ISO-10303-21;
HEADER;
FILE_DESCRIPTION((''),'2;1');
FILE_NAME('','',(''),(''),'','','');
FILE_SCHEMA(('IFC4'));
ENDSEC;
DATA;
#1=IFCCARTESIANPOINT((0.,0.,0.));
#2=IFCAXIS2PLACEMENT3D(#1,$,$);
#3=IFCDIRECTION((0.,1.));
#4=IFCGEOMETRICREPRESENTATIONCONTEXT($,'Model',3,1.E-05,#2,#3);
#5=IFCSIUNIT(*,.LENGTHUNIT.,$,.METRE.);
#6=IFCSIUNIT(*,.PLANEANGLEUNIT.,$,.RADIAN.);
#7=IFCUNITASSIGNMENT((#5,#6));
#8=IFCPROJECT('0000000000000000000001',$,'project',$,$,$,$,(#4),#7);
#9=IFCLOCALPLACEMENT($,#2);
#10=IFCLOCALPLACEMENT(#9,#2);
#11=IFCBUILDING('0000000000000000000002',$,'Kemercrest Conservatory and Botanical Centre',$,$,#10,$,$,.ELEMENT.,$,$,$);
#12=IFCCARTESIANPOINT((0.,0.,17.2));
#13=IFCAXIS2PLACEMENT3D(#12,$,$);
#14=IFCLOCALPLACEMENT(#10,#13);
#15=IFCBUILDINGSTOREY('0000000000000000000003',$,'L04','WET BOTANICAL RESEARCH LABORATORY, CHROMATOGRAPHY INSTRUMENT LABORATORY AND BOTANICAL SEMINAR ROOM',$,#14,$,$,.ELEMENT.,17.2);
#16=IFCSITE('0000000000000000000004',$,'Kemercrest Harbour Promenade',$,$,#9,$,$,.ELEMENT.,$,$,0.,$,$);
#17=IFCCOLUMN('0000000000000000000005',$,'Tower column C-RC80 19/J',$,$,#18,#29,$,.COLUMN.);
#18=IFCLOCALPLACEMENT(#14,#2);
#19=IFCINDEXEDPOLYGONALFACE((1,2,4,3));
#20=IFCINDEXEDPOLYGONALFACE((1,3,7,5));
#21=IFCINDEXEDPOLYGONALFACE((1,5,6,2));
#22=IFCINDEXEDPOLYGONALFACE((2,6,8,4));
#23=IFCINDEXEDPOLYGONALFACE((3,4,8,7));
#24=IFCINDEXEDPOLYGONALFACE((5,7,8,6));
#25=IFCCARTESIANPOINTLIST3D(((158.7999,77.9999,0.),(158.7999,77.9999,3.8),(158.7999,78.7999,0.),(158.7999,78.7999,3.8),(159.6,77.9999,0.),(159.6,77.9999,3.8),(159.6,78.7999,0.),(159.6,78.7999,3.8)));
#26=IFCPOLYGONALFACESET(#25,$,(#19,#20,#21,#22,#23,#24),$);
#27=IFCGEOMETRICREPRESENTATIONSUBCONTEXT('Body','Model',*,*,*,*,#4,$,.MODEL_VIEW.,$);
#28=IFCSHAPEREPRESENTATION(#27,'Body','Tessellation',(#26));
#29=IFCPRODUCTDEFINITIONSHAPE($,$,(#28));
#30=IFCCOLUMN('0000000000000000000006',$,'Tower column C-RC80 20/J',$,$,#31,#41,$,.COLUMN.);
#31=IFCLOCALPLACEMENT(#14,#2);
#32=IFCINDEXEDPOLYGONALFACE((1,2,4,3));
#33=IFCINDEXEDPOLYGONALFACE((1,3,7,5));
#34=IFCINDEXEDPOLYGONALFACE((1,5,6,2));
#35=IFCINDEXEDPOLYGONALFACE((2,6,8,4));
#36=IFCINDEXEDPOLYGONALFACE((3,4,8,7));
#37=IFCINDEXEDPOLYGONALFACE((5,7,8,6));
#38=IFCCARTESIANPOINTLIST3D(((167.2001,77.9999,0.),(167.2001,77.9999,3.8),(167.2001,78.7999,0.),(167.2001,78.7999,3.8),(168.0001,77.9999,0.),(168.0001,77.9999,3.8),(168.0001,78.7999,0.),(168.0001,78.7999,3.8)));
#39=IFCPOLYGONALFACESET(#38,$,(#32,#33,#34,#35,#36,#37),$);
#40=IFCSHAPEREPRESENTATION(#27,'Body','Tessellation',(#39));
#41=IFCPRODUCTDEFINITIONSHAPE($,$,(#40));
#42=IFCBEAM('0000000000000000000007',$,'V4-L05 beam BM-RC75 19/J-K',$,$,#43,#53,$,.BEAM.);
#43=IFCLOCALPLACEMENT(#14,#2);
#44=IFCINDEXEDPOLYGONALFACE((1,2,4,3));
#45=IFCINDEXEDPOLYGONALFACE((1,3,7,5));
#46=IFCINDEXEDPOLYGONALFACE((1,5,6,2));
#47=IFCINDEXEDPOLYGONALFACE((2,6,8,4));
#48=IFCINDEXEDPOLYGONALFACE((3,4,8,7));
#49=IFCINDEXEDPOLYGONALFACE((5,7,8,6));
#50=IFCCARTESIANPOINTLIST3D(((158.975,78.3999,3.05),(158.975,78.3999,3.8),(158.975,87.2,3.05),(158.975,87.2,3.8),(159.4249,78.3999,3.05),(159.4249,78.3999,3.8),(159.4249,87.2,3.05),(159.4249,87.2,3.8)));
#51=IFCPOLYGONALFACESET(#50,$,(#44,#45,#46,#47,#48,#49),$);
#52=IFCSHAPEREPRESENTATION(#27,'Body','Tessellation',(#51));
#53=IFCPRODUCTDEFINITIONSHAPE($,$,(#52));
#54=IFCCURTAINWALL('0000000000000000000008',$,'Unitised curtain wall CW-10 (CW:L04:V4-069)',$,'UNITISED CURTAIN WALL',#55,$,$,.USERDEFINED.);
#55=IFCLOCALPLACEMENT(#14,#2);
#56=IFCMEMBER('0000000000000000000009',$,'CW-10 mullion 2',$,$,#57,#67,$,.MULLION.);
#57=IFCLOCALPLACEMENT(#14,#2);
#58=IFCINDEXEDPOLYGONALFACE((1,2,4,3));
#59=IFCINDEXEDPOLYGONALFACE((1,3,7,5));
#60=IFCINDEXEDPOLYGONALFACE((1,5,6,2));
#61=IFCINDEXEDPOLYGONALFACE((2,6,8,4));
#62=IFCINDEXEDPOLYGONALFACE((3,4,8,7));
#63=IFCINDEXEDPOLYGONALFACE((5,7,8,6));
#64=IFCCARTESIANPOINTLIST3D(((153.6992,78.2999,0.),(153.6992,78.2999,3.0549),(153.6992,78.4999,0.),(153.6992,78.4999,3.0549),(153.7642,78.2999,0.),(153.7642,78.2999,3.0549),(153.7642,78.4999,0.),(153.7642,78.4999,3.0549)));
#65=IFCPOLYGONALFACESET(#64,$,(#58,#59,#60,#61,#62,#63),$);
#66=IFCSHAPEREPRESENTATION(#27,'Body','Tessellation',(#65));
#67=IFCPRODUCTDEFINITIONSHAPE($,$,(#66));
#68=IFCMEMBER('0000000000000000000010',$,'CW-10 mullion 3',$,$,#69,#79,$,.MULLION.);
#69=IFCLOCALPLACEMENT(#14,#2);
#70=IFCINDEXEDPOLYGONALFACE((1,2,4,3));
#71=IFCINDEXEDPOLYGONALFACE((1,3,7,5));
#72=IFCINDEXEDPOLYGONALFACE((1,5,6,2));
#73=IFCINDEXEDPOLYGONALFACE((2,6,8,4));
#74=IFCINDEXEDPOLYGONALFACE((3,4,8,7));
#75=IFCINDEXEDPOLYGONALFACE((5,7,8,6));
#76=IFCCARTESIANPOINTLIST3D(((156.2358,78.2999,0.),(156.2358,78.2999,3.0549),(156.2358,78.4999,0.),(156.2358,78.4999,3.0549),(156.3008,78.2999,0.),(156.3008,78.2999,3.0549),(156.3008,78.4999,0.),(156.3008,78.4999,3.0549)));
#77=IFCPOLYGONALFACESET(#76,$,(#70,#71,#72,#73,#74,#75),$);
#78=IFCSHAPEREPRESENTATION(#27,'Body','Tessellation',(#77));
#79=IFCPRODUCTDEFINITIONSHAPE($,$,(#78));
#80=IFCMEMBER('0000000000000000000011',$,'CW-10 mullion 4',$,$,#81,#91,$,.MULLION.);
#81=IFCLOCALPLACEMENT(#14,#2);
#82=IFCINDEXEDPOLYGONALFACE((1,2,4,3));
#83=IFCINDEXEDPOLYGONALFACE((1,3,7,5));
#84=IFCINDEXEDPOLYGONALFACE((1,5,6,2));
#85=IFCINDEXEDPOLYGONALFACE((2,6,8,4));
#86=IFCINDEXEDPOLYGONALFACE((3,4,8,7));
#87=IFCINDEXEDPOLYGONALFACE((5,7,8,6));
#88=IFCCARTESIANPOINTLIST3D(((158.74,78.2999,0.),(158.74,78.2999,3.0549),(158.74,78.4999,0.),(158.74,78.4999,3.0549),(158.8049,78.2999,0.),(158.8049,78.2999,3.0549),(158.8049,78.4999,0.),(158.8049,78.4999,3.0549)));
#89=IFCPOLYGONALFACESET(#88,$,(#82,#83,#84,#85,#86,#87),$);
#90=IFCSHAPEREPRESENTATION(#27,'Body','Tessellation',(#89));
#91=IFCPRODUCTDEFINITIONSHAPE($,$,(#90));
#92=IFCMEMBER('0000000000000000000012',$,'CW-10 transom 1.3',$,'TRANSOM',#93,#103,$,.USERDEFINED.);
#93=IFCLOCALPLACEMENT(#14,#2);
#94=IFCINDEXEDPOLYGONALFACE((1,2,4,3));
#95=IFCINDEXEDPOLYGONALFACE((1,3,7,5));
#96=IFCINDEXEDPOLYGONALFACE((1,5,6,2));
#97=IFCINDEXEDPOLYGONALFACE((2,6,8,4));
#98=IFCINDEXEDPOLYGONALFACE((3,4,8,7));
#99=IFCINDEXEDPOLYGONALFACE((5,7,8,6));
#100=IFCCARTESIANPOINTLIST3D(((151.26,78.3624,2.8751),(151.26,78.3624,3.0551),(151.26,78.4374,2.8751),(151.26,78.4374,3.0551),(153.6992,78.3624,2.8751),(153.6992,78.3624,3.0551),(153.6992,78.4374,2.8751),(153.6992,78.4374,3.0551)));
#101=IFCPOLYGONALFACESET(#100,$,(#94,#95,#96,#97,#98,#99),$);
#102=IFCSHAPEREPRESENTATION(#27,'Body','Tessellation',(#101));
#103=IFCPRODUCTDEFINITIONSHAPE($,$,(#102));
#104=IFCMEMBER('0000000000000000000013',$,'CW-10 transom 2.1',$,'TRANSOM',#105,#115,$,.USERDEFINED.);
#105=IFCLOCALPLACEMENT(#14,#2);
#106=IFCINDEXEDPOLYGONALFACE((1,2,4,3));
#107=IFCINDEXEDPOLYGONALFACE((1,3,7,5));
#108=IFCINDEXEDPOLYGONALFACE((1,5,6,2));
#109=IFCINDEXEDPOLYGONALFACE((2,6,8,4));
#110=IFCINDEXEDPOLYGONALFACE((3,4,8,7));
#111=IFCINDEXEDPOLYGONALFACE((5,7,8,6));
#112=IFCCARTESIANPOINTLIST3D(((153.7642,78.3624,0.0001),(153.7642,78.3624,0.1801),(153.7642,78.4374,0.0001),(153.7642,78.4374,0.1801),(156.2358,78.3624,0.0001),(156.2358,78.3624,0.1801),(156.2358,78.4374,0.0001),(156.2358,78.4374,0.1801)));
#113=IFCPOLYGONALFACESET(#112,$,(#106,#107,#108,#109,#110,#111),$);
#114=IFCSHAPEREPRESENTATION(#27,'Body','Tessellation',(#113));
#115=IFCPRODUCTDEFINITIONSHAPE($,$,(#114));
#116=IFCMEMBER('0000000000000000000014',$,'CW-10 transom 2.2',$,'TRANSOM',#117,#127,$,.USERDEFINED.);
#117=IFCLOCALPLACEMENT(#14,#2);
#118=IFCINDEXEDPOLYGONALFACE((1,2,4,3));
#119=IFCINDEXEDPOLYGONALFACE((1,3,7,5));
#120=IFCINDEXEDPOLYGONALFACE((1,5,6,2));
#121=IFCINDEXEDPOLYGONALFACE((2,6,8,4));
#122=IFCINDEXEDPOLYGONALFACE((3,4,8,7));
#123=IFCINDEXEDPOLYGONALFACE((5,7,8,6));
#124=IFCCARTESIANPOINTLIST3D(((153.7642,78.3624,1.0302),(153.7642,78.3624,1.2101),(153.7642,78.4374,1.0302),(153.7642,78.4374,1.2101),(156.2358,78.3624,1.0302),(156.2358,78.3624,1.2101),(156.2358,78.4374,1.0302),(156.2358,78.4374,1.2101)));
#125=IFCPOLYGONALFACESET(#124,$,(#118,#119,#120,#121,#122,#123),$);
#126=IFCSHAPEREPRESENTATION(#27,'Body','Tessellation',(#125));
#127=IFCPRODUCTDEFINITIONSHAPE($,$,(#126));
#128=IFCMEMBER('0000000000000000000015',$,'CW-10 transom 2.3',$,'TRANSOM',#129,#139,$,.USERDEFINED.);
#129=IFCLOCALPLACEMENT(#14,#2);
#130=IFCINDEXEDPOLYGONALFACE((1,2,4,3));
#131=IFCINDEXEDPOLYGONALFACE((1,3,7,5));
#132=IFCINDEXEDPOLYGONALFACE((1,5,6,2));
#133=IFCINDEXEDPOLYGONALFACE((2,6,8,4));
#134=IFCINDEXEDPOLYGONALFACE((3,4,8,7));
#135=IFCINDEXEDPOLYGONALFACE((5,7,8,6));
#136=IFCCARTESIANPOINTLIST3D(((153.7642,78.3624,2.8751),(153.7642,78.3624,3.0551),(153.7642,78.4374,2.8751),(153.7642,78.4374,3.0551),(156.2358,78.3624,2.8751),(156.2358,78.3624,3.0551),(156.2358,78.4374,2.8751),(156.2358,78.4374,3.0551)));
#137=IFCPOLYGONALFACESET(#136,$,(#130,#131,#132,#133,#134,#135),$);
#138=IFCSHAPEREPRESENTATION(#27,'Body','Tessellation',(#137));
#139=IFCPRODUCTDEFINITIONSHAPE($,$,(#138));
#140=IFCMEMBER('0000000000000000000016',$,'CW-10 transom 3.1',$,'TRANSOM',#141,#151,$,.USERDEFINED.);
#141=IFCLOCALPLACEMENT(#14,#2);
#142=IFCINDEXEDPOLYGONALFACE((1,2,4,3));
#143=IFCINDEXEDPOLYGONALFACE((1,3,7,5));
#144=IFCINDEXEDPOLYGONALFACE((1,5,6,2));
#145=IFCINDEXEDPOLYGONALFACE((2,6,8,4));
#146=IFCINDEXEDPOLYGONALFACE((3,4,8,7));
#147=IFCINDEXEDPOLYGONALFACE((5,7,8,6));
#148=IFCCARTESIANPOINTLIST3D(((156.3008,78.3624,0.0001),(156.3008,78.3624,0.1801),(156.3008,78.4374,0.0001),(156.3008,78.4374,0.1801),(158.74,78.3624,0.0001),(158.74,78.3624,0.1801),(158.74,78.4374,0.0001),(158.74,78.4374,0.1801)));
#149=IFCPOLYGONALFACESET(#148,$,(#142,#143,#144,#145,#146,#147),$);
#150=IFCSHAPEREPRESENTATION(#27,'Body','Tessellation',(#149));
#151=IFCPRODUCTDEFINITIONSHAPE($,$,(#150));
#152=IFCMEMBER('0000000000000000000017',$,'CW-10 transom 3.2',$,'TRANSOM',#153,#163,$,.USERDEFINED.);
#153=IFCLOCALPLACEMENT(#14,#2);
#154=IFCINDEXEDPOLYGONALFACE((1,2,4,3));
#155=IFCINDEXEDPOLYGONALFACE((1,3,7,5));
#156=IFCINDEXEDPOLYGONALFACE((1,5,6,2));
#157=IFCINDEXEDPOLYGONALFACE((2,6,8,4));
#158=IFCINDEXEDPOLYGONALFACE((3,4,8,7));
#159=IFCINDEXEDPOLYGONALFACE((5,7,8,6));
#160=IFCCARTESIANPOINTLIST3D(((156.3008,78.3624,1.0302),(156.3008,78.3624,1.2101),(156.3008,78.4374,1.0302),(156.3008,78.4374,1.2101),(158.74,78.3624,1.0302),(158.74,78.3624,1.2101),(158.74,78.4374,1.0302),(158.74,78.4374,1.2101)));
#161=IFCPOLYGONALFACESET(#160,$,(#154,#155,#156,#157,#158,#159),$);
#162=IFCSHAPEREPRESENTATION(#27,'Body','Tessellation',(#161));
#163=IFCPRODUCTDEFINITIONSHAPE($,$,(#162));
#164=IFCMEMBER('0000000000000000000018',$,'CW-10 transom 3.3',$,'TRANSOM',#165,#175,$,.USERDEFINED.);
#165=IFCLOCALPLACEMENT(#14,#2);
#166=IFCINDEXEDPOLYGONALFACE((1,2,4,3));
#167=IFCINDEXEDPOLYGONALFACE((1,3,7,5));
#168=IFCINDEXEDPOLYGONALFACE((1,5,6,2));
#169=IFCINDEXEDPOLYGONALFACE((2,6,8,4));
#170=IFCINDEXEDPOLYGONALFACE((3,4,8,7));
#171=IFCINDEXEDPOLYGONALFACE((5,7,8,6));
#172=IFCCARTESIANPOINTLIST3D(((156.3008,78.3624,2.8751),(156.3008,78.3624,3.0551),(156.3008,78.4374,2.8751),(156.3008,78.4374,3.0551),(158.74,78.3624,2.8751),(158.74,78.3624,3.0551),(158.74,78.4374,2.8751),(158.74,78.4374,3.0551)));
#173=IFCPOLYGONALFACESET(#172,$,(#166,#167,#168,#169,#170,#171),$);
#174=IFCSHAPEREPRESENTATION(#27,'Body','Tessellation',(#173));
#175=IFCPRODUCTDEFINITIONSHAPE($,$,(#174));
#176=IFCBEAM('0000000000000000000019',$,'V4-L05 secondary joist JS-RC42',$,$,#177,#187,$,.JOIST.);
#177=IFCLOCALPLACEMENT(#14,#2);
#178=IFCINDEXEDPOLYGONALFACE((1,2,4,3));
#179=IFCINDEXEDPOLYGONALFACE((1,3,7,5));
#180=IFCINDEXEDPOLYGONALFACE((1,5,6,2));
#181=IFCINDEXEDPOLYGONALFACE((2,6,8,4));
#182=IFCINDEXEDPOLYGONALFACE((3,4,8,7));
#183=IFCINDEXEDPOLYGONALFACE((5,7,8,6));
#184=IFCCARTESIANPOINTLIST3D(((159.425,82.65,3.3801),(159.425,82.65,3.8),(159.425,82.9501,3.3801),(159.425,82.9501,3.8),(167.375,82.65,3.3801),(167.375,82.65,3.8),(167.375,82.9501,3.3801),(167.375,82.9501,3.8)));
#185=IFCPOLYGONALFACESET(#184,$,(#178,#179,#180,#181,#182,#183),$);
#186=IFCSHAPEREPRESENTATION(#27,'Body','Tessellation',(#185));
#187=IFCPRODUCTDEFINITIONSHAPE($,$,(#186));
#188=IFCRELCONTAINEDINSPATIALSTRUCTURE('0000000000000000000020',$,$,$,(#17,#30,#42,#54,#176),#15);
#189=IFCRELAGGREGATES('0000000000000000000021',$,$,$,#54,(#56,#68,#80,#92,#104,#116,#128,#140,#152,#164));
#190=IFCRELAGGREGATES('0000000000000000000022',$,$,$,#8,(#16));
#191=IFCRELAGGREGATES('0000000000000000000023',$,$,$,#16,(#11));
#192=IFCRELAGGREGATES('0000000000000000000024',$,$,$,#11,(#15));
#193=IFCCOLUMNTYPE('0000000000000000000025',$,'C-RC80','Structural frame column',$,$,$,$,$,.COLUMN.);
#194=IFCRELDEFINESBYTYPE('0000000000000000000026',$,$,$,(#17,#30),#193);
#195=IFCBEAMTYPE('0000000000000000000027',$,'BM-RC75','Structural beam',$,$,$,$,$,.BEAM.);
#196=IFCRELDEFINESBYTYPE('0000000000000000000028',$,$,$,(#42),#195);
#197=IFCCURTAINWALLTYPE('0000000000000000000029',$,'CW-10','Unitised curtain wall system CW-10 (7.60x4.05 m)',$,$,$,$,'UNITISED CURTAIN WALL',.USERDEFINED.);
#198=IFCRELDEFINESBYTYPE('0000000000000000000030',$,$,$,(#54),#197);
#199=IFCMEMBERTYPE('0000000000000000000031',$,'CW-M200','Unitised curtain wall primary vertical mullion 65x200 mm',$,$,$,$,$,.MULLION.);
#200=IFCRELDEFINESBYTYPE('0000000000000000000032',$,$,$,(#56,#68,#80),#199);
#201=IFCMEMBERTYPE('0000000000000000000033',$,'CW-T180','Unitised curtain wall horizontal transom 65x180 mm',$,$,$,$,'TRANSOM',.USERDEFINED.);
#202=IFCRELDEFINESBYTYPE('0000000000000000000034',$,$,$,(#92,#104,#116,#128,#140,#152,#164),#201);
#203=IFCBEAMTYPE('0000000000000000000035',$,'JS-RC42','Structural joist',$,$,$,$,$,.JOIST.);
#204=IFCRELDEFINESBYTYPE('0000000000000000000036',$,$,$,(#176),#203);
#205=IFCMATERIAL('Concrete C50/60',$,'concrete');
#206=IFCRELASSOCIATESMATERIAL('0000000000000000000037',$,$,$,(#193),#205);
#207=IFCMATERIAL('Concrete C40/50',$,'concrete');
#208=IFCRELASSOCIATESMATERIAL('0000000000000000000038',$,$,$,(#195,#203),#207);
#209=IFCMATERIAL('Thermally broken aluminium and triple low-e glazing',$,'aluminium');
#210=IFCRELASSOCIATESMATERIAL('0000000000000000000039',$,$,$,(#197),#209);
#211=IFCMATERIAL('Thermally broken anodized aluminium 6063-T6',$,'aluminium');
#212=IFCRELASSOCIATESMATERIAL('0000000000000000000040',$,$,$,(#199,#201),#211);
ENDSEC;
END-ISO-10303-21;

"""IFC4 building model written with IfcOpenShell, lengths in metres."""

from ifc_helpers import new_model, si_unit, direction, frame, origin, origin_2d, place, context, subcontext, project, spatial, rectangle, extrude, material, material_profile, profile_set, type_object, element, aggregate, save


model = new_model("IFC4")

# Units and contexts
model_context = context("Model", 3, precision=1e-05, world=origin(), true_north=direction((0.0, 1.0)))
body_context = subcontext(model_context, "Body", "Model", "MODEL_VIEW")
ifc_project = project(units=[si_unit("LENGTHUNIT", "METRE"), si_unit("PLANEANGLEUNIT", "RADIAN")], contexts=[model_context])

# Site, building, storey
site_placement = place(None, origin())
site = spatial("IfcSite", under=ifc_project, at=site_placement, Name="Kemercrest Harbour Promenade", CompositionType="ELEMENT", RefElevation=0.0)
building_placement = place(site_placement, origin())
building = spatial("IfcBuilding", under=site, at=building_placement, Name="Kemercrest Conservatory and Botanical Centre", CompositionType="ELEMENT")
storey_placement = place(building_placement, frame((0.0, 0.0, 17.2)))
storey = spatial("IfcBuildingStorey", under=building, at=storey_placement, Name="L04", Description="WET BOTANICAL RESEARCH LABORATORY, CHROMATOGRAPHY INSTRUMENT LABORATORY AND BOTANICAL SEMINAR ROOM", CompositionType="ELEMENT", Elevation=17.2)

# Columns
ifc_material_1 = material(Name="Concrete C50/60", Category="concrete")
ifc_material_profile_1 = material_profile(ifc_material_1, rectangle(XDim=0.8, YDim=0.8, at=origin_2d()), Name="RC 800x800")
ifc_profile_set_1 = profile_set([ifc_material_profile_1], Name="Concrete C50/60")
column_type = type_object("IfcColumnType", Name="C-RC80", Description="Structural frame column", PredefinedType="COLUMN", material=ifc_profile_set_1)
for number, where, z_axis, x_axis, name in (
    (1, (159.2, 78.3999, 0.0), (0.0, 0.0, 1.0), (1.0, 0.0, 0.0), "Tower column C-RC80 19/J"),
    (2, (167.6001, 78.3999, 0.0), (0.0, 0.0, 1.0), (1.0, 0.0, 0.0), "Tower column C-RC80 20/J"),
):
    element("IfcColumn", number, at=place(storey_placement, frame(where, z_axis=z_axis, x_axis=x_axis)), inside=storey, type_object=column_type, Name=name, PredefinedType="COLUMN", context=body_context, shape_type="SweptSolid", body=[
        extrude(rectangle(XDim=0.8, YDim=0.8, at=origin_2d()), origin(), (0.0, 0.0, 1.0), 3.8),
    ])

# Beam
ifc_material_2 = material(Name="Concrete C40/50", Category="concrete")
ifc_material_profile_2 = material_profile(ifc_material_2, rectangle(XDim=0.45, YDim=0.75, at=origin_2d()), Name="RC 450x750")
ifc_profile_set_2 = profile_set([ifc_material_profile_2], Name="Concrete C40/50")
beam_type_1 = type_object("IfcBeamType", Name="BM-RC75", Description="Structural beam", PredefinedType="BEAM", material=ifc_profile_set_2)
beam_1_placement = place(storey_placement, frame((159.2, 78.3999, 3.425), z_axis=(0.0, 1.0, 0.0), x_axis=(-1.0, 0.0, 0.0)))
element("IfcBeam", 3, at=beam_1_placement, inside=storey, type_object=beam_type_1, Name="V4-L05 beam BM-RC75 19/J-K", PredefinedType="BEAM", context=body_context, shape_type="SweptSolid", body=[
    extrude(rectangle(XDim=0.45, YDim=0.75, at=origin_2d()), origin(), (0.0, 0.0, 1.0), 8.8),
])

# Curtain wall, members
ifc_material_3 = material(Name="Thermally broken aluminium and triple low-e glazing", Category="aluminium")
curtain_wall_type = type_object("IfcCurtainWallType", Name="CW-10", Description="Unitised curtain wall system CW-10 (7.60x4.05 m)", ElementType="UNITISED CURTAIN WALL", PredefinedType="USERDEFINED", material=ifc_material_3)
curtain_wall_placement = place(storey_placement, origin())
curtain_wall = element("IfcCurtainWall", 4, at=curtain_wall_placement, inside=storey, type_object=curtain_wall_type, Name="Unitised curtain wall CW-10 (CW:L04:V4-069)", ObjectType="UNITISED CURTAIN WALL", PredefinedType="USERDEFINED")
ifc_material_4 = material(Name="Thermally broken anodized aluminium 6063-T6", Category="aluminium")
ifc_material_profile_3 = material_profile(ifc_material_4, rectangle(XDim=0.2, YDim=0.0649, at=origin_2d()), Name="AL MULLION 65x200")
ifc_profile_set_3 = profile_set([ifc_material_profile_3], Name="Thermally broken anodized aluminium 6063-T6")
member_type_1 = type_object("IfcMemberType", Name="CW-M200", Description="Unitised curtain wall primary vertical mullion 65x200 mm", PredefinedType="MULLION", material=ifc_profile_set_3)
member_1_placement = place(storey_placement, frame((153.7317, 78.3999, 0.0), z_axis=(0.0, 0.0, 1.0), x_axis=(0.0, 1.0, 0.0)))
member_1 = element("IfcMember", 5, at=member_1_placement, type_object=member_type_1, Name="CW-10 mullion 2", PredefinedType="MULLION", context=body_context, shape_type="SweptSolid", body=[
    extrude(rectangle(XDim=0.2, YDim=0.0649, at=origin_2d()), origin(), (0.0, 0.0, 1.0), 3.0549),
])
member_2_placement = place(storey_placement, frame((156.2683, 78.3999, 0.0), z_axis=(0.0, 0.0, 1.0), x_axis=(0.0, 1.0, 0.0)))
member_2 = element("IfcMember", 6, at=member_2_placement, type_object=member_type_1, Name="CW-10 mullion 3", PredefinedType="MULLION", context=body_context, shape_type="SweptSolid", body=[
    extrude(rectangle(XDim=0.2, YDim=0.0649, at=origin_2d()), origin(), (0.0, 0.0, 1.0), 3.0549),
])
member_3_placement = place(storey_placement, frame((158.7725, 78.3999, 0.0), z_axis=(0.0, 0.0, 1.0), x_axis=(0.0, 1.0, 0.0)))
member_3 = element("IfcMember", 7, at=member_3_placement, type_object=member_type_1, Name="CW-10 mullion 4", PredefinedType="MULLION", context=body_context, shape_type="SweptSolid", body=[
    extrude(rectangle(XDim=0.2, YDim=0.0649, at=origin_2d()), origin(), (0.0, 0.0, 1.0), 3.0549),
])
ifc_material_profile_4 = material_profile(ifc_material_4, rectangle(XDim=0.075, YDim=0.1799, at=origin_2d()), Name="AL TRANSOM 75x180")
ifc_profile_set_4 = profile_set([ifc_material_profile_4], Name="Thermally broken anodized aluminium 6063-T6")
member_type_2 = type_object("IfcMemberType", Name="CW-T180", Description="Unitised curtain wall horizontal transom 65x180 mm", ElementType="TRANSOM", PredefinedType="USERDEFINED", material=ifc_profile_set_4)
member_4_placement = place(storey_placement, frame((151.26, 78.3999, 2.9651), z_axis=(1.0, 0.0, 0.0), x_axis=(0.0, 1.0, 0.0)))
member_4 = element("IfcMember", 8, at=member_4_placement, type_object=member_type_2, Name="CW-10 transom 1.3", ObjectType="TRANSOM", PredefinedType="USERDEFINED", context=body_context, shape_type="SweptSolid", body=[
    extrude(rectangle(XDim=0.075, YDim=0.1799, at=origin_2d()), origin(), (0.0, 0.0, 1.0), 2.4392),
])
member_5_placement = place(storey_placement, frame((153.7642, 78.3999, 0.0901), z_axis=(1.0, 0.0, 0.0), x_axis=(0.0, 1.0, 0.0)))
member_5 = element("IfcMember", 9, at=member_5_placement, type_object=member_type_2, Name="CW-10 transom 2.1", ObjectType="TRANSOM", PredefinedType="USERDEFINED", context=body_context, shape_type="SweptSolid", body=[
    extrude(rectangle(XDim=0.075, YDim=0.1799, at=origin_2d()), origin(), (0.0, 0.0, 1.0), 2.4717),
])
member_6_placement = place(storey_placement, frame((153.7642, 78.3999, 1.1201), z_axis=(1.0, 0.0, 0.0), x_axis=(0.0, 1.0, 0.0)))
member_6 = element("IfcMember", 10, at=member_6_placement, type_object=member_type_2, Name="CW-10 transom 2.2", ObjectType="TRANSOM", PredefinedType="USERDEFINED", context=body_context, shape_type="SweptSolid", body=[
    extrude(rectangle(XDim=0.075, YDim=0.1799, at=origin_2d()), origin(), (0.0, 0.0, 1.0), 2.4717),
])
member_7_placement = place(storey_placement, frame((153.7642, 78.3999, 2.9651), z_axis=(1.0, 0.0, 0.0), x_axis=(0.0, 1.0, 0.0)))
member_7 = element("IfcMember", 11, at=member_7_placement, type_object=member_type_2, Name="CW-10 transom 2.3", ObjectType="TRANSOM", PredefinedType="USERDEFINED", context=body_context, shape_type="SweptSolid", body=[
    extrude(rectangle(XDim=0.075, YDim=0.1799, at=origin_2d()), origin(), (0.0, 0.0, 1.0), 2.4717),
])
member_8_placement = place(storey_placement, frame((156.3008, 78.3999, 0.0901), z_axis=(1.0, 0.0, 0.0), x_axis=(0.0, 1.0, 0.0)))
member_8 = element("IfcMember", 12, at=member_8_placement, type_object=member_type_2, Name="CW-10 transom 3.1", ObjectType="TRANSOM", PredefinedType="USERDEFINED", context=body_context, shape_type="SweptSolid", body=[
    extrude(rectangle(XDim=0.075, YDim=0.1799, at=origin_2d()), origin(), (0.0, 0.0, 1.0), 2.4392),
])
member_9_placement = place(storey_placement, frame((156.3008, 78.3999, 1.1201), z_axis=(1.0, 0.0, 0.0), x_axis=(0.0, 1.0, 0.0)))
member_9 = element("IfcMember", 13, at=member_9_placement, type_object=member_type_2, Name="CW-10 transom 3.2", ObjectType="TRANSOM", PredefinedType="USERDEFINED", context=body_context, shape_type="SweptSolid", body=[
    extrude(rectangle(XDim=0.075, YDim=0.1799, at=origin_2d()), origin(), (0.0, 0.0, 1.0), 2.4392),
])
member_10_placement = place(storey_placement, frame((156.3008, 78.3999, 2.9651), z_axis=(1.0, 0.0, 0.0), x_axis=(0.0, 1.0, 0.0)))
member_10 = element("IfcMember", 14, at=member_10_placement, type_object=member_type_2, Name="CW-10 transom 3.3", ObjectType="TRANSOM", PredefinedType="USERDEFINED", context=body_context, shape_type="SweptSolid", body=[
    extrude(rectangle(XDim=0.075, YDim=0.1799, at=origin_2d()), origin(), (0.0, 0.0, 1.0), 2.4392),
])

# Beam
ifc_material_profile_5 = material_profile(ifc_material_2, rectangle(XDim=0.3, YDim=0.4199, at=origin_2d()), Name="RC 300x420")
ifc_profile_set_5 = profile_set([ifc_material_profile_5], Name="Concrete C40/50")
beam_type_2 = type_object("IfcBeamType", Name="JS-RC42", Description="Structural joist", PredefinedType="JOIST", material=ifc_profile_set_5)
beam_2_placement = place(storey_placement, frame((159.425, 82.8, 3.5901), z_axis=(1.0, 0.0, 0.0), x_axis=(0.0, 1.0, 0.0)))
element("IfcBeam", 15, at=beam_2_placement, inside=storey, type_object=beam_type_2, Name="V4-L05 secondary joist JS-RC42", PredefinedType="JOIST", context=body_context, shape_type="SweptSolid", body=[
    extrude(rectangle(XDim=0.3, YDim=0.4199, at=origin_2d()), origin(), (0.0, 0.0, 1.0), 7.95),
])

aggregate(curtain_wall, [member_1, member_2, member_3, member_4, member_5, member_6, member_7, member_8, member_9, member_10])

save(model, "model.ifc")
